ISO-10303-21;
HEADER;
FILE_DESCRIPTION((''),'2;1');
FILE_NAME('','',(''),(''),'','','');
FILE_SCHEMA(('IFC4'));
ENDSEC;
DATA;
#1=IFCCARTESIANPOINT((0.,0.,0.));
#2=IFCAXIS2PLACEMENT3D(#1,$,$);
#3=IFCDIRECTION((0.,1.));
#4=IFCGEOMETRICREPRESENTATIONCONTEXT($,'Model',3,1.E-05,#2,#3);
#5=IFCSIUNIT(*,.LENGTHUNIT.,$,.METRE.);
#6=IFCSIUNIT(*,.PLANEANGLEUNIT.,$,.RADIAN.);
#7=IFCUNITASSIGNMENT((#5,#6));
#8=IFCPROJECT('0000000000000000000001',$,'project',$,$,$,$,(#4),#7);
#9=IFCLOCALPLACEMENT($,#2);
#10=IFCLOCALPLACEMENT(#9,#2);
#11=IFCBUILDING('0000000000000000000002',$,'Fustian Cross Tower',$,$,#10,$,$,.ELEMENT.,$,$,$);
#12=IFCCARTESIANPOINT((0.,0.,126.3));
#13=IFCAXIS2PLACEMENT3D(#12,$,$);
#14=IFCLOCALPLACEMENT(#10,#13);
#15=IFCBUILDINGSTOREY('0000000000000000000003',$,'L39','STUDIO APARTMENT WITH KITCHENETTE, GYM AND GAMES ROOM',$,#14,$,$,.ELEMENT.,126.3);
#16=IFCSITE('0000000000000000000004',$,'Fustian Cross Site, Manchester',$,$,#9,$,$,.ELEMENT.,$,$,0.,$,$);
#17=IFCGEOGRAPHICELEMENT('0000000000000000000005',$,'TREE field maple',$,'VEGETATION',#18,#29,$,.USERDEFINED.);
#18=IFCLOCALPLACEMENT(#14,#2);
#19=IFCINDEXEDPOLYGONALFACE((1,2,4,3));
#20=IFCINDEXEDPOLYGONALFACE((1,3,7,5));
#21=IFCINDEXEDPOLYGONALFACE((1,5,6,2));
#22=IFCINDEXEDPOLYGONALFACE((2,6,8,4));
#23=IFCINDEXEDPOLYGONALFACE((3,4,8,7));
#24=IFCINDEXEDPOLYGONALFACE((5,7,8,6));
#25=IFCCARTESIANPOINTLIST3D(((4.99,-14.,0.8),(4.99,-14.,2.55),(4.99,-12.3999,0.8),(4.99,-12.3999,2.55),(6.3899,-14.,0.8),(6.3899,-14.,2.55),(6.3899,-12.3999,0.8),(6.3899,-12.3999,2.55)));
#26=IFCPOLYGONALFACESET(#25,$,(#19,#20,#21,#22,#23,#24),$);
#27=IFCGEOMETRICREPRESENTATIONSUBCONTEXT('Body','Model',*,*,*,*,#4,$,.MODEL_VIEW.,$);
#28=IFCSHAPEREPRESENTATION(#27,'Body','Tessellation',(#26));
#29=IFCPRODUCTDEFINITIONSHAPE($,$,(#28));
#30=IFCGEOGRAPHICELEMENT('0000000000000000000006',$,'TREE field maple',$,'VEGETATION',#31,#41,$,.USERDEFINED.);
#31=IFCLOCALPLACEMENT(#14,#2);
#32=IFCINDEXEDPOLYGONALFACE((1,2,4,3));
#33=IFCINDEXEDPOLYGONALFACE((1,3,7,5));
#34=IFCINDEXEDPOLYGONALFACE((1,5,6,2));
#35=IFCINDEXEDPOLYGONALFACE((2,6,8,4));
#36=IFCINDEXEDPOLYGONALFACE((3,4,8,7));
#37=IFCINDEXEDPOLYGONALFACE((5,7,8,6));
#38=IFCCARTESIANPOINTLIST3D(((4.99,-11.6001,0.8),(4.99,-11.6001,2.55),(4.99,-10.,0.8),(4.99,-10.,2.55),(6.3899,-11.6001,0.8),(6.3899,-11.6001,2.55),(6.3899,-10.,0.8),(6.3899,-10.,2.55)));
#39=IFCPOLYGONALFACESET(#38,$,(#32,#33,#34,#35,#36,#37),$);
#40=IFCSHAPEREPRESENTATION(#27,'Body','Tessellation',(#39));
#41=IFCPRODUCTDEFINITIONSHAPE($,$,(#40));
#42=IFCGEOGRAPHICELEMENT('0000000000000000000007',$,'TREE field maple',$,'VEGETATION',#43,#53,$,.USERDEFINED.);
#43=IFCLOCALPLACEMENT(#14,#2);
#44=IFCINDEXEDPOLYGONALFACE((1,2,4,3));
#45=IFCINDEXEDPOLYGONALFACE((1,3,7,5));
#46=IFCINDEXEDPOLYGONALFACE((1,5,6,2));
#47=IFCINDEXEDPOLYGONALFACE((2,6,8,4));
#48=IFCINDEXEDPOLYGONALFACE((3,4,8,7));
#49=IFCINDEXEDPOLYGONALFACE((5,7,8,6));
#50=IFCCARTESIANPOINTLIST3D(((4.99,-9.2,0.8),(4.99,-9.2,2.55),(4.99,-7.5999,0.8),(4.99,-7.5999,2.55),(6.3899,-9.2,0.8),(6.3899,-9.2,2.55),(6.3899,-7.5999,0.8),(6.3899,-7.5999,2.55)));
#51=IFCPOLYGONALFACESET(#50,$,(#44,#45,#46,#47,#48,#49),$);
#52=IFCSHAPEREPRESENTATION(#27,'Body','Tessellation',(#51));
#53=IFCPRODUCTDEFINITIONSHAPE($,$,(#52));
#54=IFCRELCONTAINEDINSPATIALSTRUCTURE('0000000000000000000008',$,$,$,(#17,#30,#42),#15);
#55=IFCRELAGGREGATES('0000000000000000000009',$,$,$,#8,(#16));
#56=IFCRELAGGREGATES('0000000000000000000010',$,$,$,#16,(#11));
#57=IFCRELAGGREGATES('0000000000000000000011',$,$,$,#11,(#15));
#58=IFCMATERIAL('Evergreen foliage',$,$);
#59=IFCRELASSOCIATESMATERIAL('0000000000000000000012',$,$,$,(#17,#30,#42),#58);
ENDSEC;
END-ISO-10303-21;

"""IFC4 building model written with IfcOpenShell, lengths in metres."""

from ifc_helpers import new_model, si_unit, direction, frame, origin, origin_2d, place, context, subcontext, project, spatial, rectangle, extrude, material, element, save


model = new_model("IFC4")

# Units and contexts
model_context = context("Model", 3, precision=1e-05, world=origin(), true_north=direction((0.0, 1.0)))
body_context = subcontext(model_context, "Body", "Model", "MODEL_VIEW")
ifc_project = project(units=[si_unit("LENGTHUNIT", "METRE"), si_unit("PLANEANGLEUNIT", "RADIAN")], contexts=[model_context])

# Site, building, storey
site_placement = place(None, origin())
site = spatial("IfcSite", under=ifc_project, at=site_placement, Name="Fustian Cross Site, Manchester", CompositionType="ELEMENT", RefElevation=0.0)
building_placement = place(site_placement, origin())
building = spatial("IfcBuilding", under=site, at=building_placement, Name="Fustian Cross Tower", CompositionType="ELEMENT")
storey_placement = place(building_placement, frame((0.0, 0.0, 126.3)))
storey = spatial("IfcBuildingStorey", under=building, at=storey_placement, Name="L39", Description="STUDIO APARTMENT WITH KITCHENETTE, GYM AND GAMES ROOM", CompositionType="ELEMENT", Elevation=126.3)

# Geographic elements
ifc_material_1 = material(Name="Evergreen foliage")
for number, where, z_axis, x_axis, name in (
    (1, (5.6899, -13.2, 0.8), (0.0, 0.0, 1.0), (1.0, 0.0, 0.0), "TREE field maple"),
    (2, (5.6899, -10.8, 0.8), (0.0, 0.0, 1.0), (1.0, 0.0, 0.0), "TREE field maple"),
    (3, (5.6899, -8.3999, 0.8), (0.0, 0.0, 1.0), (1.0, 0.0, 0.0), "TREE field maple"),
):
    element("IfcGeographicElement", number, at=place(storey_placement, frame(where, z_axis=z_axis, x_axis=x_axis)), inside=storey, material=ifc_material_1, Name=name, ObjectType="VEGETATION", PredefinedType="USERDEFINED", context=body_context, shape_type="SweptSolid", body=[
        extrude(rectangle(XDim=1.3999, YDim=1.6001, at=origin_2d()), origin(), (0.0, 0.0, 1.0), 1.75),
    ])

save(model, "model.ifc")
